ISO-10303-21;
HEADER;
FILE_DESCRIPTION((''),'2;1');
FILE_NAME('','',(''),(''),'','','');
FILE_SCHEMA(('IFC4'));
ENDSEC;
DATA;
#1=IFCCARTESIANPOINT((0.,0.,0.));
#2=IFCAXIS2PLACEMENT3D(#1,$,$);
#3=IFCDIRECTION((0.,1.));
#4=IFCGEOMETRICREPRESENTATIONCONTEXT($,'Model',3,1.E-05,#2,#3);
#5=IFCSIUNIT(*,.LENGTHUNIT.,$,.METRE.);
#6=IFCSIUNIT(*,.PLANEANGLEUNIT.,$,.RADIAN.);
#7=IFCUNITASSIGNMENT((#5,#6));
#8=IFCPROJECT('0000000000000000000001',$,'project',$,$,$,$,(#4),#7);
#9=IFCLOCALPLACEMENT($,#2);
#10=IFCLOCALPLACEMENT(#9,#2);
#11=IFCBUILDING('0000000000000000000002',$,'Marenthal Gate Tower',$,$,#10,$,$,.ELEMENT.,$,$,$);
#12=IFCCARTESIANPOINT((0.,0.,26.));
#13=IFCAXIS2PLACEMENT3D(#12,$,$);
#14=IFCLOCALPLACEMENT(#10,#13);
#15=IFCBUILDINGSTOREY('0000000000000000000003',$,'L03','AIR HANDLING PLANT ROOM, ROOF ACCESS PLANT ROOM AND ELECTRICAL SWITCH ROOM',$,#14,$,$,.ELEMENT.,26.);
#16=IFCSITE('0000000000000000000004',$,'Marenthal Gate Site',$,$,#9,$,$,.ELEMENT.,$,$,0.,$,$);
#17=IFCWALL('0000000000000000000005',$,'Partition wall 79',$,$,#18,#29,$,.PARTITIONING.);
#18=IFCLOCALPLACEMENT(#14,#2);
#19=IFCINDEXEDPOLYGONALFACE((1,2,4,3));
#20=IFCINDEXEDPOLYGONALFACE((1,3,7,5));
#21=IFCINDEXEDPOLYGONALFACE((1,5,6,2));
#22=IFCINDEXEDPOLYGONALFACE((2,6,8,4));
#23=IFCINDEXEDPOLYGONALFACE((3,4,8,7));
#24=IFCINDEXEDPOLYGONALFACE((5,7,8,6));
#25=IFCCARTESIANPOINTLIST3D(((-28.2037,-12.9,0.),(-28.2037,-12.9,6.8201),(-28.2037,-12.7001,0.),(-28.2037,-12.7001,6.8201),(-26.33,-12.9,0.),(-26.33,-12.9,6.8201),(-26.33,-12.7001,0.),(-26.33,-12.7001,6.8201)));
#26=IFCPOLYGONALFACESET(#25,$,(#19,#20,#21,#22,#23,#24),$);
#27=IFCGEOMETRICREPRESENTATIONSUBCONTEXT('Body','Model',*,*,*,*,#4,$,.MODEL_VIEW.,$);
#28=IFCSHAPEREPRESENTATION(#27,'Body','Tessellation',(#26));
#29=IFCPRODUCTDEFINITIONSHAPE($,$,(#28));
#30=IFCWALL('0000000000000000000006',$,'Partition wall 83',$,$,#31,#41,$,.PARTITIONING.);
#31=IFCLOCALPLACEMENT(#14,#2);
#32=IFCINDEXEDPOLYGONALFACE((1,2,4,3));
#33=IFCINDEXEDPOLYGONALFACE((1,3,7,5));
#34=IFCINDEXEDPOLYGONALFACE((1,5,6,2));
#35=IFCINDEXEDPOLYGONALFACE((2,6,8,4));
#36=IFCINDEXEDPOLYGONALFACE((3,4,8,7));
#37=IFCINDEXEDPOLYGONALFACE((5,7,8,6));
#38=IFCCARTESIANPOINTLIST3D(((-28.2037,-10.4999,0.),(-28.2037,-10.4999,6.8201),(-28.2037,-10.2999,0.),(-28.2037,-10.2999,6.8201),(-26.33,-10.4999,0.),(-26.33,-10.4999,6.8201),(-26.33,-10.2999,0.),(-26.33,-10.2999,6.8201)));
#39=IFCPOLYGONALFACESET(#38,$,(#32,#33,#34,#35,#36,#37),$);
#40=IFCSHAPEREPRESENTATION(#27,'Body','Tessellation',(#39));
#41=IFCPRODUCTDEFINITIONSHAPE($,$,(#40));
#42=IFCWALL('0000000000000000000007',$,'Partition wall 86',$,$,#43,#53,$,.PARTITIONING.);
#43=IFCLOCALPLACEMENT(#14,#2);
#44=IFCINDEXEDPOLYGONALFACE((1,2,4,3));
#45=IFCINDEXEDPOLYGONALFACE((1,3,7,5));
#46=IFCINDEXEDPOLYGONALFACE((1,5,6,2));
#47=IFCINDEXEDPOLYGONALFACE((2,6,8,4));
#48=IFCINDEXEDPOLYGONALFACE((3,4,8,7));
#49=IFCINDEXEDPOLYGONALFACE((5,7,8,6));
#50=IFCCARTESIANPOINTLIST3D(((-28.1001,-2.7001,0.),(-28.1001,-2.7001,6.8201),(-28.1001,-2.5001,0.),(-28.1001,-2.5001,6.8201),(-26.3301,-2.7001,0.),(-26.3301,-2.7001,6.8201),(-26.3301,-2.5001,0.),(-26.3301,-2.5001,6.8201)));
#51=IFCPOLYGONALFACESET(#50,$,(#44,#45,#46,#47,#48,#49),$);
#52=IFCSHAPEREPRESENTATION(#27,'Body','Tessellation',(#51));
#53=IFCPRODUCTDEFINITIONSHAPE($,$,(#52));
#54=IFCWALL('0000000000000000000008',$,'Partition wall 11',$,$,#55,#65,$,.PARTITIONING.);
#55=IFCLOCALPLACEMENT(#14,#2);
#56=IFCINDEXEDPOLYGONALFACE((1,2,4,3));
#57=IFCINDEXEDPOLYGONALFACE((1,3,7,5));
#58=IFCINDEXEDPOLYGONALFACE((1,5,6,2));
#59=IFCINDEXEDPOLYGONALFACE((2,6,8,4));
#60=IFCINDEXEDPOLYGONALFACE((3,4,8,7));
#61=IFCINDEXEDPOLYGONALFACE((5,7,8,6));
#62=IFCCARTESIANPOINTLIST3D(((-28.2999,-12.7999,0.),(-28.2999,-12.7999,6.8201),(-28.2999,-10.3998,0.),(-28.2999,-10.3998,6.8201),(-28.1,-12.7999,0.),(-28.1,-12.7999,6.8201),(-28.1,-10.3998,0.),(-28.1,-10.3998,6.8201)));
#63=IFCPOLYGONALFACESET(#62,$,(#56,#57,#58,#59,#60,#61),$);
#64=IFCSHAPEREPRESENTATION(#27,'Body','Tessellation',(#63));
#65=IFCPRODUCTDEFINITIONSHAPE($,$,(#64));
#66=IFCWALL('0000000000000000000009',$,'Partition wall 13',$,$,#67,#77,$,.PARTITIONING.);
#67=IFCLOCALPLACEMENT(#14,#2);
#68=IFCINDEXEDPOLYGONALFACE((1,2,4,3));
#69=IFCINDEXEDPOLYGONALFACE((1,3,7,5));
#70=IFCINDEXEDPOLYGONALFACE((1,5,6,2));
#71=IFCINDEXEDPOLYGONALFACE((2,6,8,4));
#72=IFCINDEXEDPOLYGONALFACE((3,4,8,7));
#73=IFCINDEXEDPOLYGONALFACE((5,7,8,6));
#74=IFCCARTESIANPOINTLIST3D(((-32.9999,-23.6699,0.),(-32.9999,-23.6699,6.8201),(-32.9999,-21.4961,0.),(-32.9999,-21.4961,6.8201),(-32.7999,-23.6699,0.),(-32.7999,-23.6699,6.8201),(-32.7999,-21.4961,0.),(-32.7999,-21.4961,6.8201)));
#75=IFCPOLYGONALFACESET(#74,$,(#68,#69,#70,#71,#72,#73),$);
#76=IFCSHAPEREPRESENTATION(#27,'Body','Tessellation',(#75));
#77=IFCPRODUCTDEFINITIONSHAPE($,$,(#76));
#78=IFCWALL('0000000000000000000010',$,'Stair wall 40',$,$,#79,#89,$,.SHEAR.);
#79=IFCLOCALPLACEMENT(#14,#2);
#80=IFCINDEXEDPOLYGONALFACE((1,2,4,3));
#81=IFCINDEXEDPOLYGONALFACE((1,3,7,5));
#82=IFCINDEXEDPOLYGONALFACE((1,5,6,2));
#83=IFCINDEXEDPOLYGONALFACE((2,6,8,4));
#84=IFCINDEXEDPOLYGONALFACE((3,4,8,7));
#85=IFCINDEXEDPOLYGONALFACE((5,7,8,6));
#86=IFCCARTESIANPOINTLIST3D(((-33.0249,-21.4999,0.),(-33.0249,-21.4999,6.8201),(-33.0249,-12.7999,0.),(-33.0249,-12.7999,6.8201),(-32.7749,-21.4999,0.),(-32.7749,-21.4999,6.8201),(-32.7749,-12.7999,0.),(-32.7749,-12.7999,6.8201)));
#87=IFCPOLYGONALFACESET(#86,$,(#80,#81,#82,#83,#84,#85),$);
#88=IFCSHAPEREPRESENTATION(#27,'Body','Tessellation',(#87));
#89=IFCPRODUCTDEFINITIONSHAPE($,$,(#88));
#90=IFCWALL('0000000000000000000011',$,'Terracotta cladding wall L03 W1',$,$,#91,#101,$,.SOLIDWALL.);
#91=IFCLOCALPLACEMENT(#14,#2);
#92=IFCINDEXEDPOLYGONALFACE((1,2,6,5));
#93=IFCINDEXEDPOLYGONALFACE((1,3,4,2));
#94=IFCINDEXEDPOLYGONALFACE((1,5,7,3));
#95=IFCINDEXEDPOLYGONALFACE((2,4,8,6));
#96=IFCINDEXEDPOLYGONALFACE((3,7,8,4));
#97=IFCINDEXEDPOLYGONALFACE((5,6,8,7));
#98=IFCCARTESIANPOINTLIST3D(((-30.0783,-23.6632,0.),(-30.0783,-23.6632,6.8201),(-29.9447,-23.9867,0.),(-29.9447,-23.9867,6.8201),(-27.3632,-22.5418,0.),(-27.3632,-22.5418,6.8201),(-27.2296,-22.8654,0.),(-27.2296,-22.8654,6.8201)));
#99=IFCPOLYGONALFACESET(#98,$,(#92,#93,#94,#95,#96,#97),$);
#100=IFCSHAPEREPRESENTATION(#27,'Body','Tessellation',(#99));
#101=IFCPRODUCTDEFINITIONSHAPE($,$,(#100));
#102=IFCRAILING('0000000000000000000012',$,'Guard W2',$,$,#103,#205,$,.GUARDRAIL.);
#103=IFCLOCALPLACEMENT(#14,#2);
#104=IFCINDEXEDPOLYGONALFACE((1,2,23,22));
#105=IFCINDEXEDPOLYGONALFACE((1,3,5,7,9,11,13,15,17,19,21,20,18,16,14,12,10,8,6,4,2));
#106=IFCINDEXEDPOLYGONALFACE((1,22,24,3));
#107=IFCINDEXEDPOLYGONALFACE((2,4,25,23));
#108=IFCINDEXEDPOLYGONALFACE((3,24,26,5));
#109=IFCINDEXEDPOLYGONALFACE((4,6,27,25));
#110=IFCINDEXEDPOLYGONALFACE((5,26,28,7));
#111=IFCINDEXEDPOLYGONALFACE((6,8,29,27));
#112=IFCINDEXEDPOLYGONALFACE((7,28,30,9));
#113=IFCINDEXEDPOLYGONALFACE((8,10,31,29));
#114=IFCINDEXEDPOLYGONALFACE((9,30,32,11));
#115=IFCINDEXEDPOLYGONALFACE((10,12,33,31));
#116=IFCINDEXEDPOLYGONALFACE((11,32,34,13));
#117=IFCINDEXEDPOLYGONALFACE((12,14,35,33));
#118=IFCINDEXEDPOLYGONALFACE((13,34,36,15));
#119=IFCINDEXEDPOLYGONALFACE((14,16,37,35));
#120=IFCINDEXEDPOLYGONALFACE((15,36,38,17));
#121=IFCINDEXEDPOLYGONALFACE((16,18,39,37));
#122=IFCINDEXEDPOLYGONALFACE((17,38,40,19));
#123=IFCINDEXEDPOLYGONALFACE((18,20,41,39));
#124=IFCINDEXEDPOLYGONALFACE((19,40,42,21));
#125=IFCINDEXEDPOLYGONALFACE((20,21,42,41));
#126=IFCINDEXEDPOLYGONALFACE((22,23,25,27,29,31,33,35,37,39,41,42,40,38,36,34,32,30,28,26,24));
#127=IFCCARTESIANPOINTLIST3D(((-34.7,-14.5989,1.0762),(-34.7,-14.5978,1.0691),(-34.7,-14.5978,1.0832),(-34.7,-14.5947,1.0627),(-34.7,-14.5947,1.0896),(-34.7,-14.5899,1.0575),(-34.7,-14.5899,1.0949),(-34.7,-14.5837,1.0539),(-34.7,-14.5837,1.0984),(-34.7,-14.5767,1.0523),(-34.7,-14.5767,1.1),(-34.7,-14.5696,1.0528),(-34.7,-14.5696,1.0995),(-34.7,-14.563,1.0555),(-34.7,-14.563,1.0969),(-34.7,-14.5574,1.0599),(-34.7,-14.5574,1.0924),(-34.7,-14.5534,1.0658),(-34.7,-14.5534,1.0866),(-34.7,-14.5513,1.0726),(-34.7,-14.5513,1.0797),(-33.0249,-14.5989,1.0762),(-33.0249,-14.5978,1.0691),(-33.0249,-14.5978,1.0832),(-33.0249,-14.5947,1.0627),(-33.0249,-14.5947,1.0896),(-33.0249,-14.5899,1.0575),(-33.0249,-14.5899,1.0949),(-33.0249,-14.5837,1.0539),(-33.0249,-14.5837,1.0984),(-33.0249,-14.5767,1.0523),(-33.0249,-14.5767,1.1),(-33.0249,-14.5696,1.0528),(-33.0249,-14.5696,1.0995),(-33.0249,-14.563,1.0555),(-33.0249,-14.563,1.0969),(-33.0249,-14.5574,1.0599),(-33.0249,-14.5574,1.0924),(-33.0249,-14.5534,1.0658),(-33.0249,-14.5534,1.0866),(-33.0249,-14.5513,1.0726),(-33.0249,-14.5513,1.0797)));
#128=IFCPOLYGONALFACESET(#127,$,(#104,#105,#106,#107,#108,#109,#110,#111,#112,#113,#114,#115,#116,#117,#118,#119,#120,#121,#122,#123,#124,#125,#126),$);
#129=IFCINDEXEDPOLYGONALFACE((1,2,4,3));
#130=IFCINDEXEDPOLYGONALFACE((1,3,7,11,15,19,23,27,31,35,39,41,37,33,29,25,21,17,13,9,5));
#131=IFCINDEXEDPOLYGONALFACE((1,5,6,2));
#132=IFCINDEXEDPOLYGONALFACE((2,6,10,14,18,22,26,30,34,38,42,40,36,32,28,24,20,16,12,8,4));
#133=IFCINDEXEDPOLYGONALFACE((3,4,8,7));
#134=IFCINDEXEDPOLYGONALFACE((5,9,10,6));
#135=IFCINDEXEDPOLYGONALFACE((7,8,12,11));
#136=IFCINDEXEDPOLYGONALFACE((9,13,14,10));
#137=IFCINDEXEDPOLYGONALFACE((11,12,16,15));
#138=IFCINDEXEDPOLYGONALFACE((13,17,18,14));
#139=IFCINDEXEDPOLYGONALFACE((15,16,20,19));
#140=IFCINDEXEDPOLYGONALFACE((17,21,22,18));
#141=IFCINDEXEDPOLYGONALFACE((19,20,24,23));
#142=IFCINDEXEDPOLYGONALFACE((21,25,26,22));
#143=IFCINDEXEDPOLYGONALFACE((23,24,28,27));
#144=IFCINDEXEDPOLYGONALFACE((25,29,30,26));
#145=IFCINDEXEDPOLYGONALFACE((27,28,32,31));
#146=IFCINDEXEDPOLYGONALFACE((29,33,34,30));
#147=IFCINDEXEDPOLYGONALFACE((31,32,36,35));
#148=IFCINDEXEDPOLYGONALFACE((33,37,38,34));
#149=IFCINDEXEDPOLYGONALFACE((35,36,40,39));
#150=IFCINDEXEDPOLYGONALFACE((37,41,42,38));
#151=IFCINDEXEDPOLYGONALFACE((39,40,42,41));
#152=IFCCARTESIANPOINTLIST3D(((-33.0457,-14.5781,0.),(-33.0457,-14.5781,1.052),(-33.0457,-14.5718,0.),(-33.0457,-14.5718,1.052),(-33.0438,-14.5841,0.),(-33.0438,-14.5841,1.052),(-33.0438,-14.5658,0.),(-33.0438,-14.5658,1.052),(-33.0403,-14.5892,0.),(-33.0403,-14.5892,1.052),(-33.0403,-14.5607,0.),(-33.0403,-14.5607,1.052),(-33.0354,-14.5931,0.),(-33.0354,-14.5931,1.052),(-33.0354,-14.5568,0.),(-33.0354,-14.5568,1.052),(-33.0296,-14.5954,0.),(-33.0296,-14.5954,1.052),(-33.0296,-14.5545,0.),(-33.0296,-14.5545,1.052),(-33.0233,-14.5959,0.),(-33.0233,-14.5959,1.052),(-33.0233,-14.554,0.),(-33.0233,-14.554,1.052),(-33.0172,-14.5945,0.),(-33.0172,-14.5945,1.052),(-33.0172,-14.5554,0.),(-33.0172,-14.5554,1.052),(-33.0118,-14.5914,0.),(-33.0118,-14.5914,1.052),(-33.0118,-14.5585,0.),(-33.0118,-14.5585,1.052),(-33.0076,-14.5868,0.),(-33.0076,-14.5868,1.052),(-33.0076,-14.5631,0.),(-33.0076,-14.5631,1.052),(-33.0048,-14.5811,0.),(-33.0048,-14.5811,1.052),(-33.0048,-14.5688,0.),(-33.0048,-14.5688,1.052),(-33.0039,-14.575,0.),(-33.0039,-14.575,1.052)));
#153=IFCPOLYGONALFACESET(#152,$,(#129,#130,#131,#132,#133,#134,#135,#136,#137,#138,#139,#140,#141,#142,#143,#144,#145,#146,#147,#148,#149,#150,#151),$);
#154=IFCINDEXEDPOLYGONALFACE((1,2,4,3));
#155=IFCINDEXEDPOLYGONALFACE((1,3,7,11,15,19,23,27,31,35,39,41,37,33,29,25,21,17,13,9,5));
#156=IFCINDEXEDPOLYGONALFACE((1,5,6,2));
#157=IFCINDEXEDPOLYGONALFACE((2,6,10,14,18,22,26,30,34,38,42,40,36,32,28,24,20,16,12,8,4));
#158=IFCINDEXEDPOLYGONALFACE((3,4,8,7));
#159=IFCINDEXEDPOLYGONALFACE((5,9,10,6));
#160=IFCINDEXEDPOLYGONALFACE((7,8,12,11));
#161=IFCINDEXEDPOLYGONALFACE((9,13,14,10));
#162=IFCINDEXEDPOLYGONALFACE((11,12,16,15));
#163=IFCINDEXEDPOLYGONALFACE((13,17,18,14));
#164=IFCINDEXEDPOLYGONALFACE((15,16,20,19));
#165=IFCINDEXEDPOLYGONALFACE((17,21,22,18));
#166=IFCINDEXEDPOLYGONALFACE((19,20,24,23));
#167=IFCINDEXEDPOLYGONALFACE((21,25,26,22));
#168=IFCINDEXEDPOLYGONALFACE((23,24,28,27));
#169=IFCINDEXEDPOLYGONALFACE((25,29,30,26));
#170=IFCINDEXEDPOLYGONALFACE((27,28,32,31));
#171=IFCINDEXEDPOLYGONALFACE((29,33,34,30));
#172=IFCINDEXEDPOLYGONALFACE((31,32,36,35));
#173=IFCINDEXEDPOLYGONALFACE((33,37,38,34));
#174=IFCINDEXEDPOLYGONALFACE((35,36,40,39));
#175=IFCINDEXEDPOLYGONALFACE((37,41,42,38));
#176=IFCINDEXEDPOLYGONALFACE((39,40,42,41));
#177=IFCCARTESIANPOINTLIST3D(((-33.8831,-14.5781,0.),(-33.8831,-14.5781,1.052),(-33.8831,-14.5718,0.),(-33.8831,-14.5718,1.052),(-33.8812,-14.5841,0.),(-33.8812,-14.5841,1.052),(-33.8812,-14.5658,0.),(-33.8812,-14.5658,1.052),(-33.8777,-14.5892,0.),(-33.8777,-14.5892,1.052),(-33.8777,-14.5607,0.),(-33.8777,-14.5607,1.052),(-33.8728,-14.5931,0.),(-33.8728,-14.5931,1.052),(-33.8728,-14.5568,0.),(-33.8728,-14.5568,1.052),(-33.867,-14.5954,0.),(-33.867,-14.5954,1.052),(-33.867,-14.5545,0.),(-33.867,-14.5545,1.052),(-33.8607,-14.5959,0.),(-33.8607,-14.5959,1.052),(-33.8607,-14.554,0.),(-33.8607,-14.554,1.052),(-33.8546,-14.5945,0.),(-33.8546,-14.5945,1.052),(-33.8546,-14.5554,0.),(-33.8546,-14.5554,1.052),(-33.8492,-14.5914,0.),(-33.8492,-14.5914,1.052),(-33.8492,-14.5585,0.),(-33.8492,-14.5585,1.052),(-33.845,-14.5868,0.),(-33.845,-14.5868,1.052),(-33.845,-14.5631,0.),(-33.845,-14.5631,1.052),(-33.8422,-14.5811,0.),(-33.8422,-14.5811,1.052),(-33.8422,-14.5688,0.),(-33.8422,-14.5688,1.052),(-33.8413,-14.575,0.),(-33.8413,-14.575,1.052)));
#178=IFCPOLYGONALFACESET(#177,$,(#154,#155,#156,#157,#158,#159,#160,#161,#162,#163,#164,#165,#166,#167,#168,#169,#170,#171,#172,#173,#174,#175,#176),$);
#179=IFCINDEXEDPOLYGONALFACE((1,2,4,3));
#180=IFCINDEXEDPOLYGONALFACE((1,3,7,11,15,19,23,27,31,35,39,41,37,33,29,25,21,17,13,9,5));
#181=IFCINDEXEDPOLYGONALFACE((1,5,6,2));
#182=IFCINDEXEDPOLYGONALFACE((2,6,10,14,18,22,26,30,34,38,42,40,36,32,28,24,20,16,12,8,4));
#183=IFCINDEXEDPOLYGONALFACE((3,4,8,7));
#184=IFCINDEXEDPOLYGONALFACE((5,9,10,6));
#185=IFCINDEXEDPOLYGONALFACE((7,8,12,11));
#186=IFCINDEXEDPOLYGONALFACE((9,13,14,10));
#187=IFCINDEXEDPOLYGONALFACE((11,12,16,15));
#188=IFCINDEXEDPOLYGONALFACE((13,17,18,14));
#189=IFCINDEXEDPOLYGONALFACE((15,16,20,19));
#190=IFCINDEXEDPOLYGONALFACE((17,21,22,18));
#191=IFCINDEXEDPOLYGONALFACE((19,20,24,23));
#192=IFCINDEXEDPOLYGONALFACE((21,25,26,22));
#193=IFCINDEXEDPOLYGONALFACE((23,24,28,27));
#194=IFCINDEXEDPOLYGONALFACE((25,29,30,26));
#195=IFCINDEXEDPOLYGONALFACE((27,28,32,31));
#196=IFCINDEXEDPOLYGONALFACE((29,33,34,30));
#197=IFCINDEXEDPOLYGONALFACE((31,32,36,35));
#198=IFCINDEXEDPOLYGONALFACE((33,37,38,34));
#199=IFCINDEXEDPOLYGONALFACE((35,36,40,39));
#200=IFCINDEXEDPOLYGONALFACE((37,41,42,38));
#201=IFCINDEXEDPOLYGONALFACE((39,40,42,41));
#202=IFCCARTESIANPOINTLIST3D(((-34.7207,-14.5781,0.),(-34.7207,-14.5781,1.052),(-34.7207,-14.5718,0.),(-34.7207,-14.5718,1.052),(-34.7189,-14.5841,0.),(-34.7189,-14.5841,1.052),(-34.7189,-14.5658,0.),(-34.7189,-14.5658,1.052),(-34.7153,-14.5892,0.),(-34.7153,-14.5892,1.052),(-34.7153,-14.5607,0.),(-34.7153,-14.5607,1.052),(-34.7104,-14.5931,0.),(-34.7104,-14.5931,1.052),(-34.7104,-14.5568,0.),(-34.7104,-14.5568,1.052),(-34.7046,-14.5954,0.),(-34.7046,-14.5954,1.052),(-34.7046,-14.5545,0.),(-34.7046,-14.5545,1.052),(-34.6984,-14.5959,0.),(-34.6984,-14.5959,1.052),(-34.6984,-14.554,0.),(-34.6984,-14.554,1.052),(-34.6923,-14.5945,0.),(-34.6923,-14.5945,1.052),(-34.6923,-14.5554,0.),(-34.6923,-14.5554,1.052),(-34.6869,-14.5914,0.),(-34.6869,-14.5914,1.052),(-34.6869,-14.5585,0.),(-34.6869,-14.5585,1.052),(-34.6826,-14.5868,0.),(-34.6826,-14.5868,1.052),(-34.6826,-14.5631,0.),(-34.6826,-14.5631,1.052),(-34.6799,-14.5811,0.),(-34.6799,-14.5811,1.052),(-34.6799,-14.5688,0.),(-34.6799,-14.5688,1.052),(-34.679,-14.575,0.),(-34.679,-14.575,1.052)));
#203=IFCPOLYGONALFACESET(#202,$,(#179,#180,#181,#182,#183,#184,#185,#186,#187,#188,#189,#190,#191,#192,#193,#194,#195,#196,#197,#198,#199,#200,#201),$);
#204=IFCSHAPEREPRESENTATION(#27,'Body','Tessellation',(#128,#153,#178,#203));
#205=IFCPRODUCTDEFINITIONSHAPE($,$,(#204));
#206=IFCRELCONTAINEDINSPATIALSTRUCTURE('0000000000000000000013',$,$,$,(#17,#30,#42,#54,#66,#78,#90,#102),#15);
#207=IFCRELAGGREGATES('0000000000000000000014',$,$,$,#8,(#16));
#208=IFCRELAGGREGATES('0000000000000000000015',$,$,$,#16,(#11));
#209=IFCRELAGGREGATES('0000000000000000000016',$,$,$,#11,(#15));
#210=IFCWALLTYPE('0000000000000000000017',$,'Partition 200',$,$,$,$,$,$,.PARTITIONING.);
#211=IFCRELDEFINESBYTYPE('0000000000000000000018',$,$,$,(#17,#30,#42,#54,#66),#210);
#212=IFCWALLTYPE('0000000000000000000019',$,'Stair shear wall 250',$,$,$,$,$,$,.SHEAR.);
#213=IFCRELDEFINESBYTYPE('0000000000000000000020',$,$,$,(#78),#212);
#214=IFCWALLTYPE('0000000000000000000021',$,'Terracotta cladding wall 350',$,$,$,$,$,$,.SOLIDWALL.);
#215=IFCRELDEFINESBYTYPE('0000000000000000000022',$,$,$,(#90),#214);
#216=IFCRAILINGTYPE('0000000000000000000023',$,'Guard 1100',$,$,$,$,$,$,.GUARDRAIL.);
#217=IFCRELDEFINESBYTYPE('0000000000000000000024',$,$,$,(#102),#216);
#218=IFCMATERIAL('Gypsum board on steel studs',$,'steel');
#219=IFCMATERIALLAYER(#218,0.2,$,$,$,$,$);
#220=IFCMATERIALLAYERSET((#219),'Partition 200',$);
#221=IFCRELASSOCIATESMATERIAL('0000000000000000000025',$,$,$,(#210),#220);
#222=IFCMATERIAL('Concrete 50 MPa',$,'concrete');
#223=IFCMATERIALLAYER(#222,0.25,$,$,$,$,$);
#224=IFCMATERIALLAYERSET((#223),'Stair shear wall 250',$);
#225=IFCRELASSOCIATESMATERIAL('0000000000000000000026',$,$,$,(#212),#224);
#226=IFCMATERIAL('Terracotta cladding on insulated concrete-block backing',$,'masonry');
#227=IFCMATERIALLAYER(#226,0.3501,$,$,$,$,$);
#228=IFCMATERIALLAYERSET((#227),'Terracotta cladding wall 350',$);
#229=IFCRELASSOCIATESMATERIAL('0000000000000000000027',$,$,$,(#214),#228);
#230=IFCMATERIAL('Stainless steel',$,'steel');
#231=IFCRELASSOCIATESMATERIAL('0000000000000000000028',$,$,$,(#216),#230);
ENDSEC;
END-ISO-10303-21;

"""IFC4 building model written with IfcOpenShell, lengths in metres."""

from ifc_helpers import new_model, si_unit, direction, frame, frame_2d, origin, origin_2d, place, context, subcontext, project, spatial, rectangle, circle, extrude, material, layer, layer_set, type_object, element, save


model = new_model("IFC4")

# Units and contexts
model_context = context("Model", 3, precision=1e-05, world=origin(), true_north=direction((0.0, 1.0)))
body_context = subcontext(model_context, "Body", "Model", "MODEL_VIEW")
ifc_project = project(units=[si_unit("LENGTHUNIT", "METRE"), si_unit("PLANEANGLEUNIT", "RADIAN")], contexts=[model_context])

# Site, building, storey
site_placement = place(None, origin())
site = spatial("IfcSite", under=ifc_project, at=site_placement, Name="Marenthal Gate Site", CompositionType="ELEMENT", RefElevation=0.0)
building_placement = place(site_placement, origin())
building = spatial("IfcBuilding", under=site, at=building_placement, Name="Marenthal Gate Tower", CompositionType="ELEMENT")
storey_placement = place(building_placement, frame((0.0, 0.0, 26.0)))
storey = spatial("IfcBuildingStorey", under=building, at=storey_placement, Name="L03", Description="AIR HANDLING PLANT ROOM, ROOF ACCESS PLANT ROOM AND ELECTRICAL SWITCH ROOM", CompositionType="ELEMENT", Elevation=26.0)

# Walls
ifc_material_1 = material(Name="Gypsum board on steel studs", Category="steel")
ifc_layer_1 = layer(ifc_material_1, 0.2)
ifc_layer_set_1 = layer_set([ifc_layer_1], Name="Partition 200")
wall_type_1 = type_object("IfcWallType", Name="Partition 200", PredefinedType="PARTITIONING", material=ifc_layer_set_1)
for number, where, z_axis, x_axis, name in (
    (1, (-28.2039, -12.8, 0.0), (0.0, 0.0, 1.0), (1.0, 0.0, 0.0), "Partition wall 79"),
    (2, (-28.2039, -10.3999, 0.0), (0.0, 0.0, 1.0), (1.0, 0.0, 0.0), "Partition wall 83"),
):
    element("IfcWall", number, at=place(storey_placement, frame(where, z_axis=z_axis, x_axis=x_axis)), inside=storey, type_object=wall_type_1, Name=name, PredefinedType="PARTITIONING", context=body_context, shape_type="SweptSolid", body=[
        extrude(rectangle(XDim=1.8738, YDim=0.2, at=frame_2d((0.937, 0.0))), origin(), (0.0, 0.0, 1.0), 6.8201),
    ])
wall_1_placement = place(storey_placement, frame((-28.1001, -2.6001, 0.0), z_axis=(0.0, 0.0, 1.0), x_axis=(1.0, 0.0, 0.0)))
element("IfcWall", 3, at=wall_1_placement, inside=storey, type_object=wall_type_1, Name="Partition wall 86", PredefinedType="PARTITIONING", context=body_context, shape_type="SweptSolid", body=[
    extrude(rectangle(XDim=1.77, YDim=0.2, at=frame_2d((0.885, 0.0))), origin(), (0.0, 0.0, 1.0), 6.8201),
])
wall_2_placement = place(storey_placement, frame((-28.2, -12.8, 0.0), z_axis=(0.0, 0.0, 1.0), x_axis=(0.0, 1.0, 0.0)))
element("IfcWall", 4, at=wall_2_placement, inside=storey, type_object=wall_type_1, Name="Partition wall 11", PredefinedType="PARTITIONING", context=body_context, shape_type="SweptSolid", body=[
    extrude(rectangle(XDim=2.4001, YDim=0.2, at=frame_2d((1.2002, 0.0))), origin(), (0.0, 0.0, 1.0), 6.8201),
])
wall_3_placement = place(storey_placement, frame((-32.8999, -23.6699, 0.0), z_axis=(0.0, 0.0, 1.0), x_axis=(0.0, 1.0, 0.0)))
element("IfcWall", 5, at=wall_3_placement, inside=storey, type_object=wall_type_1, Name="Partition wall 13", PredefinedType="PARTITIONING", context=body_context, shape_type="SweptSolid", body=[
    extrude(rectangle(XDim=2.1738, YDim=0.2, at=frame_2d((1.0869, 0.0))), origin(), (0.0, 0.0, 1.0), 6.8201),
])
ifc_material_2 = material(Name="Concrete 50 MPa", Category="concrete")
ifc_layer_2 = layer(ifc_material_2, 0.25)
ifc_layer_set_2 = layer_set([ifc_layer_2], Name="Stair shear wall 250")
wall_type_2 = type_object("IfcWallType", Name="Stair shear wall 250", PredefinedType="SHEAR", material=ifc_layer_set_2)
wall_4_placement = place(storey_placement, frame((-32.8999, -21.5, 0.0), z_axis=(0.0, 0.0, 1.0), x_axis=(0.0, 1.0, 0.0)))
element("IfcWall", 6, at=wall_4_placement, inside=storey, type_object=wall_type_2, Name="Stair wall 40", PredefinedType="SHEAR", context=body_context, shape_type="SweptSolid", body=[
    extrude(rectangle(XDim=8.7, YDim=0.25, at=frame_2d((4.3501, 0.0))), origin(), (0.0, 0.0, 1.0), 6.8201),
])
ifc_material_3 = material(Name="Terracotta cladding on insulated concrete-block backing", Category="masonry")
ifc_layer_3 = layer(ifc_material_3, 0.3501)
ifc_layer_set_3 = layer_set([ifc_layer_3], Name="Terracotta cladding wall 350")
wall_type_3 = type_object("IfcWallType", Name="Terracotta cladding wall 350", PredefinedType="SOLIDWALL", material=ifc_layer_set_3)
wall_5_placement = place(storey_placement, frame((-30.0115, -23.825, 0.0), z_axis=(0.0, 0.0, 1.0), x_axis=(0.924275, 0.381728, 0.0)))
element("IfcWall", 7, at=wall_5_placement, inside=storey, type_object=wall_type_3, Name="Terracotta cladding wall L03 W1", PredefinedType="SOLIDWALL", context=body_context, shape_type="SweptSolid", body=[
    extrude(rectangle(XDim=2.9375, YDim=0.3501, at=frame_2d((1.4688, 0.0))), origin(), (0.0, 0.0, 1.0), 6.8201),
])

# Railing
ifc_material_4 = material(Name="Stainless steel", Category="steel")
railing_type = type_object("IfcRailingType", Name="Guard 1100", PredefinedType="GUARDRAIL", material=ifc_material_4)
railing_placement = place(storey_placement, frame((-33.0249, -14.575, 0.0)))
element("IfcRailing", 8, at=railing_placement, inside=storey, type_object=railing_type, Name="Guard W2", PredefinedType="GUARDRAIL", context=body_context, shape_type="SweptSolid", body=[
    extrude(circle(Radius=0.0239, at=origin_2d()), frame((0.0, 0.0, 1.0762), z_axis=(-1.0, 0.0, 0.0), x_axis=(0.0, -1.0, 0.0)), (0.0, 0.0, 1.0), 1.675),
    extrude(circle(Radius=0.021, at=origin_2d()), origin(), (0.0, 0.0, 1.0), 1.052),
    extrude(circle(Radius=0.021, at=origin_2d()), frame((-0.8374, 0.0, 0.0)), (0.0, 0.0, 1.0), 1.052),
    extrude(circle(Radius=0.021, at=origin_2d()), frame((-1.675, 0.0, 0.0)), (0.0, 0.0, 1.0), 1.052),
])

save(model, "model.ifc")
